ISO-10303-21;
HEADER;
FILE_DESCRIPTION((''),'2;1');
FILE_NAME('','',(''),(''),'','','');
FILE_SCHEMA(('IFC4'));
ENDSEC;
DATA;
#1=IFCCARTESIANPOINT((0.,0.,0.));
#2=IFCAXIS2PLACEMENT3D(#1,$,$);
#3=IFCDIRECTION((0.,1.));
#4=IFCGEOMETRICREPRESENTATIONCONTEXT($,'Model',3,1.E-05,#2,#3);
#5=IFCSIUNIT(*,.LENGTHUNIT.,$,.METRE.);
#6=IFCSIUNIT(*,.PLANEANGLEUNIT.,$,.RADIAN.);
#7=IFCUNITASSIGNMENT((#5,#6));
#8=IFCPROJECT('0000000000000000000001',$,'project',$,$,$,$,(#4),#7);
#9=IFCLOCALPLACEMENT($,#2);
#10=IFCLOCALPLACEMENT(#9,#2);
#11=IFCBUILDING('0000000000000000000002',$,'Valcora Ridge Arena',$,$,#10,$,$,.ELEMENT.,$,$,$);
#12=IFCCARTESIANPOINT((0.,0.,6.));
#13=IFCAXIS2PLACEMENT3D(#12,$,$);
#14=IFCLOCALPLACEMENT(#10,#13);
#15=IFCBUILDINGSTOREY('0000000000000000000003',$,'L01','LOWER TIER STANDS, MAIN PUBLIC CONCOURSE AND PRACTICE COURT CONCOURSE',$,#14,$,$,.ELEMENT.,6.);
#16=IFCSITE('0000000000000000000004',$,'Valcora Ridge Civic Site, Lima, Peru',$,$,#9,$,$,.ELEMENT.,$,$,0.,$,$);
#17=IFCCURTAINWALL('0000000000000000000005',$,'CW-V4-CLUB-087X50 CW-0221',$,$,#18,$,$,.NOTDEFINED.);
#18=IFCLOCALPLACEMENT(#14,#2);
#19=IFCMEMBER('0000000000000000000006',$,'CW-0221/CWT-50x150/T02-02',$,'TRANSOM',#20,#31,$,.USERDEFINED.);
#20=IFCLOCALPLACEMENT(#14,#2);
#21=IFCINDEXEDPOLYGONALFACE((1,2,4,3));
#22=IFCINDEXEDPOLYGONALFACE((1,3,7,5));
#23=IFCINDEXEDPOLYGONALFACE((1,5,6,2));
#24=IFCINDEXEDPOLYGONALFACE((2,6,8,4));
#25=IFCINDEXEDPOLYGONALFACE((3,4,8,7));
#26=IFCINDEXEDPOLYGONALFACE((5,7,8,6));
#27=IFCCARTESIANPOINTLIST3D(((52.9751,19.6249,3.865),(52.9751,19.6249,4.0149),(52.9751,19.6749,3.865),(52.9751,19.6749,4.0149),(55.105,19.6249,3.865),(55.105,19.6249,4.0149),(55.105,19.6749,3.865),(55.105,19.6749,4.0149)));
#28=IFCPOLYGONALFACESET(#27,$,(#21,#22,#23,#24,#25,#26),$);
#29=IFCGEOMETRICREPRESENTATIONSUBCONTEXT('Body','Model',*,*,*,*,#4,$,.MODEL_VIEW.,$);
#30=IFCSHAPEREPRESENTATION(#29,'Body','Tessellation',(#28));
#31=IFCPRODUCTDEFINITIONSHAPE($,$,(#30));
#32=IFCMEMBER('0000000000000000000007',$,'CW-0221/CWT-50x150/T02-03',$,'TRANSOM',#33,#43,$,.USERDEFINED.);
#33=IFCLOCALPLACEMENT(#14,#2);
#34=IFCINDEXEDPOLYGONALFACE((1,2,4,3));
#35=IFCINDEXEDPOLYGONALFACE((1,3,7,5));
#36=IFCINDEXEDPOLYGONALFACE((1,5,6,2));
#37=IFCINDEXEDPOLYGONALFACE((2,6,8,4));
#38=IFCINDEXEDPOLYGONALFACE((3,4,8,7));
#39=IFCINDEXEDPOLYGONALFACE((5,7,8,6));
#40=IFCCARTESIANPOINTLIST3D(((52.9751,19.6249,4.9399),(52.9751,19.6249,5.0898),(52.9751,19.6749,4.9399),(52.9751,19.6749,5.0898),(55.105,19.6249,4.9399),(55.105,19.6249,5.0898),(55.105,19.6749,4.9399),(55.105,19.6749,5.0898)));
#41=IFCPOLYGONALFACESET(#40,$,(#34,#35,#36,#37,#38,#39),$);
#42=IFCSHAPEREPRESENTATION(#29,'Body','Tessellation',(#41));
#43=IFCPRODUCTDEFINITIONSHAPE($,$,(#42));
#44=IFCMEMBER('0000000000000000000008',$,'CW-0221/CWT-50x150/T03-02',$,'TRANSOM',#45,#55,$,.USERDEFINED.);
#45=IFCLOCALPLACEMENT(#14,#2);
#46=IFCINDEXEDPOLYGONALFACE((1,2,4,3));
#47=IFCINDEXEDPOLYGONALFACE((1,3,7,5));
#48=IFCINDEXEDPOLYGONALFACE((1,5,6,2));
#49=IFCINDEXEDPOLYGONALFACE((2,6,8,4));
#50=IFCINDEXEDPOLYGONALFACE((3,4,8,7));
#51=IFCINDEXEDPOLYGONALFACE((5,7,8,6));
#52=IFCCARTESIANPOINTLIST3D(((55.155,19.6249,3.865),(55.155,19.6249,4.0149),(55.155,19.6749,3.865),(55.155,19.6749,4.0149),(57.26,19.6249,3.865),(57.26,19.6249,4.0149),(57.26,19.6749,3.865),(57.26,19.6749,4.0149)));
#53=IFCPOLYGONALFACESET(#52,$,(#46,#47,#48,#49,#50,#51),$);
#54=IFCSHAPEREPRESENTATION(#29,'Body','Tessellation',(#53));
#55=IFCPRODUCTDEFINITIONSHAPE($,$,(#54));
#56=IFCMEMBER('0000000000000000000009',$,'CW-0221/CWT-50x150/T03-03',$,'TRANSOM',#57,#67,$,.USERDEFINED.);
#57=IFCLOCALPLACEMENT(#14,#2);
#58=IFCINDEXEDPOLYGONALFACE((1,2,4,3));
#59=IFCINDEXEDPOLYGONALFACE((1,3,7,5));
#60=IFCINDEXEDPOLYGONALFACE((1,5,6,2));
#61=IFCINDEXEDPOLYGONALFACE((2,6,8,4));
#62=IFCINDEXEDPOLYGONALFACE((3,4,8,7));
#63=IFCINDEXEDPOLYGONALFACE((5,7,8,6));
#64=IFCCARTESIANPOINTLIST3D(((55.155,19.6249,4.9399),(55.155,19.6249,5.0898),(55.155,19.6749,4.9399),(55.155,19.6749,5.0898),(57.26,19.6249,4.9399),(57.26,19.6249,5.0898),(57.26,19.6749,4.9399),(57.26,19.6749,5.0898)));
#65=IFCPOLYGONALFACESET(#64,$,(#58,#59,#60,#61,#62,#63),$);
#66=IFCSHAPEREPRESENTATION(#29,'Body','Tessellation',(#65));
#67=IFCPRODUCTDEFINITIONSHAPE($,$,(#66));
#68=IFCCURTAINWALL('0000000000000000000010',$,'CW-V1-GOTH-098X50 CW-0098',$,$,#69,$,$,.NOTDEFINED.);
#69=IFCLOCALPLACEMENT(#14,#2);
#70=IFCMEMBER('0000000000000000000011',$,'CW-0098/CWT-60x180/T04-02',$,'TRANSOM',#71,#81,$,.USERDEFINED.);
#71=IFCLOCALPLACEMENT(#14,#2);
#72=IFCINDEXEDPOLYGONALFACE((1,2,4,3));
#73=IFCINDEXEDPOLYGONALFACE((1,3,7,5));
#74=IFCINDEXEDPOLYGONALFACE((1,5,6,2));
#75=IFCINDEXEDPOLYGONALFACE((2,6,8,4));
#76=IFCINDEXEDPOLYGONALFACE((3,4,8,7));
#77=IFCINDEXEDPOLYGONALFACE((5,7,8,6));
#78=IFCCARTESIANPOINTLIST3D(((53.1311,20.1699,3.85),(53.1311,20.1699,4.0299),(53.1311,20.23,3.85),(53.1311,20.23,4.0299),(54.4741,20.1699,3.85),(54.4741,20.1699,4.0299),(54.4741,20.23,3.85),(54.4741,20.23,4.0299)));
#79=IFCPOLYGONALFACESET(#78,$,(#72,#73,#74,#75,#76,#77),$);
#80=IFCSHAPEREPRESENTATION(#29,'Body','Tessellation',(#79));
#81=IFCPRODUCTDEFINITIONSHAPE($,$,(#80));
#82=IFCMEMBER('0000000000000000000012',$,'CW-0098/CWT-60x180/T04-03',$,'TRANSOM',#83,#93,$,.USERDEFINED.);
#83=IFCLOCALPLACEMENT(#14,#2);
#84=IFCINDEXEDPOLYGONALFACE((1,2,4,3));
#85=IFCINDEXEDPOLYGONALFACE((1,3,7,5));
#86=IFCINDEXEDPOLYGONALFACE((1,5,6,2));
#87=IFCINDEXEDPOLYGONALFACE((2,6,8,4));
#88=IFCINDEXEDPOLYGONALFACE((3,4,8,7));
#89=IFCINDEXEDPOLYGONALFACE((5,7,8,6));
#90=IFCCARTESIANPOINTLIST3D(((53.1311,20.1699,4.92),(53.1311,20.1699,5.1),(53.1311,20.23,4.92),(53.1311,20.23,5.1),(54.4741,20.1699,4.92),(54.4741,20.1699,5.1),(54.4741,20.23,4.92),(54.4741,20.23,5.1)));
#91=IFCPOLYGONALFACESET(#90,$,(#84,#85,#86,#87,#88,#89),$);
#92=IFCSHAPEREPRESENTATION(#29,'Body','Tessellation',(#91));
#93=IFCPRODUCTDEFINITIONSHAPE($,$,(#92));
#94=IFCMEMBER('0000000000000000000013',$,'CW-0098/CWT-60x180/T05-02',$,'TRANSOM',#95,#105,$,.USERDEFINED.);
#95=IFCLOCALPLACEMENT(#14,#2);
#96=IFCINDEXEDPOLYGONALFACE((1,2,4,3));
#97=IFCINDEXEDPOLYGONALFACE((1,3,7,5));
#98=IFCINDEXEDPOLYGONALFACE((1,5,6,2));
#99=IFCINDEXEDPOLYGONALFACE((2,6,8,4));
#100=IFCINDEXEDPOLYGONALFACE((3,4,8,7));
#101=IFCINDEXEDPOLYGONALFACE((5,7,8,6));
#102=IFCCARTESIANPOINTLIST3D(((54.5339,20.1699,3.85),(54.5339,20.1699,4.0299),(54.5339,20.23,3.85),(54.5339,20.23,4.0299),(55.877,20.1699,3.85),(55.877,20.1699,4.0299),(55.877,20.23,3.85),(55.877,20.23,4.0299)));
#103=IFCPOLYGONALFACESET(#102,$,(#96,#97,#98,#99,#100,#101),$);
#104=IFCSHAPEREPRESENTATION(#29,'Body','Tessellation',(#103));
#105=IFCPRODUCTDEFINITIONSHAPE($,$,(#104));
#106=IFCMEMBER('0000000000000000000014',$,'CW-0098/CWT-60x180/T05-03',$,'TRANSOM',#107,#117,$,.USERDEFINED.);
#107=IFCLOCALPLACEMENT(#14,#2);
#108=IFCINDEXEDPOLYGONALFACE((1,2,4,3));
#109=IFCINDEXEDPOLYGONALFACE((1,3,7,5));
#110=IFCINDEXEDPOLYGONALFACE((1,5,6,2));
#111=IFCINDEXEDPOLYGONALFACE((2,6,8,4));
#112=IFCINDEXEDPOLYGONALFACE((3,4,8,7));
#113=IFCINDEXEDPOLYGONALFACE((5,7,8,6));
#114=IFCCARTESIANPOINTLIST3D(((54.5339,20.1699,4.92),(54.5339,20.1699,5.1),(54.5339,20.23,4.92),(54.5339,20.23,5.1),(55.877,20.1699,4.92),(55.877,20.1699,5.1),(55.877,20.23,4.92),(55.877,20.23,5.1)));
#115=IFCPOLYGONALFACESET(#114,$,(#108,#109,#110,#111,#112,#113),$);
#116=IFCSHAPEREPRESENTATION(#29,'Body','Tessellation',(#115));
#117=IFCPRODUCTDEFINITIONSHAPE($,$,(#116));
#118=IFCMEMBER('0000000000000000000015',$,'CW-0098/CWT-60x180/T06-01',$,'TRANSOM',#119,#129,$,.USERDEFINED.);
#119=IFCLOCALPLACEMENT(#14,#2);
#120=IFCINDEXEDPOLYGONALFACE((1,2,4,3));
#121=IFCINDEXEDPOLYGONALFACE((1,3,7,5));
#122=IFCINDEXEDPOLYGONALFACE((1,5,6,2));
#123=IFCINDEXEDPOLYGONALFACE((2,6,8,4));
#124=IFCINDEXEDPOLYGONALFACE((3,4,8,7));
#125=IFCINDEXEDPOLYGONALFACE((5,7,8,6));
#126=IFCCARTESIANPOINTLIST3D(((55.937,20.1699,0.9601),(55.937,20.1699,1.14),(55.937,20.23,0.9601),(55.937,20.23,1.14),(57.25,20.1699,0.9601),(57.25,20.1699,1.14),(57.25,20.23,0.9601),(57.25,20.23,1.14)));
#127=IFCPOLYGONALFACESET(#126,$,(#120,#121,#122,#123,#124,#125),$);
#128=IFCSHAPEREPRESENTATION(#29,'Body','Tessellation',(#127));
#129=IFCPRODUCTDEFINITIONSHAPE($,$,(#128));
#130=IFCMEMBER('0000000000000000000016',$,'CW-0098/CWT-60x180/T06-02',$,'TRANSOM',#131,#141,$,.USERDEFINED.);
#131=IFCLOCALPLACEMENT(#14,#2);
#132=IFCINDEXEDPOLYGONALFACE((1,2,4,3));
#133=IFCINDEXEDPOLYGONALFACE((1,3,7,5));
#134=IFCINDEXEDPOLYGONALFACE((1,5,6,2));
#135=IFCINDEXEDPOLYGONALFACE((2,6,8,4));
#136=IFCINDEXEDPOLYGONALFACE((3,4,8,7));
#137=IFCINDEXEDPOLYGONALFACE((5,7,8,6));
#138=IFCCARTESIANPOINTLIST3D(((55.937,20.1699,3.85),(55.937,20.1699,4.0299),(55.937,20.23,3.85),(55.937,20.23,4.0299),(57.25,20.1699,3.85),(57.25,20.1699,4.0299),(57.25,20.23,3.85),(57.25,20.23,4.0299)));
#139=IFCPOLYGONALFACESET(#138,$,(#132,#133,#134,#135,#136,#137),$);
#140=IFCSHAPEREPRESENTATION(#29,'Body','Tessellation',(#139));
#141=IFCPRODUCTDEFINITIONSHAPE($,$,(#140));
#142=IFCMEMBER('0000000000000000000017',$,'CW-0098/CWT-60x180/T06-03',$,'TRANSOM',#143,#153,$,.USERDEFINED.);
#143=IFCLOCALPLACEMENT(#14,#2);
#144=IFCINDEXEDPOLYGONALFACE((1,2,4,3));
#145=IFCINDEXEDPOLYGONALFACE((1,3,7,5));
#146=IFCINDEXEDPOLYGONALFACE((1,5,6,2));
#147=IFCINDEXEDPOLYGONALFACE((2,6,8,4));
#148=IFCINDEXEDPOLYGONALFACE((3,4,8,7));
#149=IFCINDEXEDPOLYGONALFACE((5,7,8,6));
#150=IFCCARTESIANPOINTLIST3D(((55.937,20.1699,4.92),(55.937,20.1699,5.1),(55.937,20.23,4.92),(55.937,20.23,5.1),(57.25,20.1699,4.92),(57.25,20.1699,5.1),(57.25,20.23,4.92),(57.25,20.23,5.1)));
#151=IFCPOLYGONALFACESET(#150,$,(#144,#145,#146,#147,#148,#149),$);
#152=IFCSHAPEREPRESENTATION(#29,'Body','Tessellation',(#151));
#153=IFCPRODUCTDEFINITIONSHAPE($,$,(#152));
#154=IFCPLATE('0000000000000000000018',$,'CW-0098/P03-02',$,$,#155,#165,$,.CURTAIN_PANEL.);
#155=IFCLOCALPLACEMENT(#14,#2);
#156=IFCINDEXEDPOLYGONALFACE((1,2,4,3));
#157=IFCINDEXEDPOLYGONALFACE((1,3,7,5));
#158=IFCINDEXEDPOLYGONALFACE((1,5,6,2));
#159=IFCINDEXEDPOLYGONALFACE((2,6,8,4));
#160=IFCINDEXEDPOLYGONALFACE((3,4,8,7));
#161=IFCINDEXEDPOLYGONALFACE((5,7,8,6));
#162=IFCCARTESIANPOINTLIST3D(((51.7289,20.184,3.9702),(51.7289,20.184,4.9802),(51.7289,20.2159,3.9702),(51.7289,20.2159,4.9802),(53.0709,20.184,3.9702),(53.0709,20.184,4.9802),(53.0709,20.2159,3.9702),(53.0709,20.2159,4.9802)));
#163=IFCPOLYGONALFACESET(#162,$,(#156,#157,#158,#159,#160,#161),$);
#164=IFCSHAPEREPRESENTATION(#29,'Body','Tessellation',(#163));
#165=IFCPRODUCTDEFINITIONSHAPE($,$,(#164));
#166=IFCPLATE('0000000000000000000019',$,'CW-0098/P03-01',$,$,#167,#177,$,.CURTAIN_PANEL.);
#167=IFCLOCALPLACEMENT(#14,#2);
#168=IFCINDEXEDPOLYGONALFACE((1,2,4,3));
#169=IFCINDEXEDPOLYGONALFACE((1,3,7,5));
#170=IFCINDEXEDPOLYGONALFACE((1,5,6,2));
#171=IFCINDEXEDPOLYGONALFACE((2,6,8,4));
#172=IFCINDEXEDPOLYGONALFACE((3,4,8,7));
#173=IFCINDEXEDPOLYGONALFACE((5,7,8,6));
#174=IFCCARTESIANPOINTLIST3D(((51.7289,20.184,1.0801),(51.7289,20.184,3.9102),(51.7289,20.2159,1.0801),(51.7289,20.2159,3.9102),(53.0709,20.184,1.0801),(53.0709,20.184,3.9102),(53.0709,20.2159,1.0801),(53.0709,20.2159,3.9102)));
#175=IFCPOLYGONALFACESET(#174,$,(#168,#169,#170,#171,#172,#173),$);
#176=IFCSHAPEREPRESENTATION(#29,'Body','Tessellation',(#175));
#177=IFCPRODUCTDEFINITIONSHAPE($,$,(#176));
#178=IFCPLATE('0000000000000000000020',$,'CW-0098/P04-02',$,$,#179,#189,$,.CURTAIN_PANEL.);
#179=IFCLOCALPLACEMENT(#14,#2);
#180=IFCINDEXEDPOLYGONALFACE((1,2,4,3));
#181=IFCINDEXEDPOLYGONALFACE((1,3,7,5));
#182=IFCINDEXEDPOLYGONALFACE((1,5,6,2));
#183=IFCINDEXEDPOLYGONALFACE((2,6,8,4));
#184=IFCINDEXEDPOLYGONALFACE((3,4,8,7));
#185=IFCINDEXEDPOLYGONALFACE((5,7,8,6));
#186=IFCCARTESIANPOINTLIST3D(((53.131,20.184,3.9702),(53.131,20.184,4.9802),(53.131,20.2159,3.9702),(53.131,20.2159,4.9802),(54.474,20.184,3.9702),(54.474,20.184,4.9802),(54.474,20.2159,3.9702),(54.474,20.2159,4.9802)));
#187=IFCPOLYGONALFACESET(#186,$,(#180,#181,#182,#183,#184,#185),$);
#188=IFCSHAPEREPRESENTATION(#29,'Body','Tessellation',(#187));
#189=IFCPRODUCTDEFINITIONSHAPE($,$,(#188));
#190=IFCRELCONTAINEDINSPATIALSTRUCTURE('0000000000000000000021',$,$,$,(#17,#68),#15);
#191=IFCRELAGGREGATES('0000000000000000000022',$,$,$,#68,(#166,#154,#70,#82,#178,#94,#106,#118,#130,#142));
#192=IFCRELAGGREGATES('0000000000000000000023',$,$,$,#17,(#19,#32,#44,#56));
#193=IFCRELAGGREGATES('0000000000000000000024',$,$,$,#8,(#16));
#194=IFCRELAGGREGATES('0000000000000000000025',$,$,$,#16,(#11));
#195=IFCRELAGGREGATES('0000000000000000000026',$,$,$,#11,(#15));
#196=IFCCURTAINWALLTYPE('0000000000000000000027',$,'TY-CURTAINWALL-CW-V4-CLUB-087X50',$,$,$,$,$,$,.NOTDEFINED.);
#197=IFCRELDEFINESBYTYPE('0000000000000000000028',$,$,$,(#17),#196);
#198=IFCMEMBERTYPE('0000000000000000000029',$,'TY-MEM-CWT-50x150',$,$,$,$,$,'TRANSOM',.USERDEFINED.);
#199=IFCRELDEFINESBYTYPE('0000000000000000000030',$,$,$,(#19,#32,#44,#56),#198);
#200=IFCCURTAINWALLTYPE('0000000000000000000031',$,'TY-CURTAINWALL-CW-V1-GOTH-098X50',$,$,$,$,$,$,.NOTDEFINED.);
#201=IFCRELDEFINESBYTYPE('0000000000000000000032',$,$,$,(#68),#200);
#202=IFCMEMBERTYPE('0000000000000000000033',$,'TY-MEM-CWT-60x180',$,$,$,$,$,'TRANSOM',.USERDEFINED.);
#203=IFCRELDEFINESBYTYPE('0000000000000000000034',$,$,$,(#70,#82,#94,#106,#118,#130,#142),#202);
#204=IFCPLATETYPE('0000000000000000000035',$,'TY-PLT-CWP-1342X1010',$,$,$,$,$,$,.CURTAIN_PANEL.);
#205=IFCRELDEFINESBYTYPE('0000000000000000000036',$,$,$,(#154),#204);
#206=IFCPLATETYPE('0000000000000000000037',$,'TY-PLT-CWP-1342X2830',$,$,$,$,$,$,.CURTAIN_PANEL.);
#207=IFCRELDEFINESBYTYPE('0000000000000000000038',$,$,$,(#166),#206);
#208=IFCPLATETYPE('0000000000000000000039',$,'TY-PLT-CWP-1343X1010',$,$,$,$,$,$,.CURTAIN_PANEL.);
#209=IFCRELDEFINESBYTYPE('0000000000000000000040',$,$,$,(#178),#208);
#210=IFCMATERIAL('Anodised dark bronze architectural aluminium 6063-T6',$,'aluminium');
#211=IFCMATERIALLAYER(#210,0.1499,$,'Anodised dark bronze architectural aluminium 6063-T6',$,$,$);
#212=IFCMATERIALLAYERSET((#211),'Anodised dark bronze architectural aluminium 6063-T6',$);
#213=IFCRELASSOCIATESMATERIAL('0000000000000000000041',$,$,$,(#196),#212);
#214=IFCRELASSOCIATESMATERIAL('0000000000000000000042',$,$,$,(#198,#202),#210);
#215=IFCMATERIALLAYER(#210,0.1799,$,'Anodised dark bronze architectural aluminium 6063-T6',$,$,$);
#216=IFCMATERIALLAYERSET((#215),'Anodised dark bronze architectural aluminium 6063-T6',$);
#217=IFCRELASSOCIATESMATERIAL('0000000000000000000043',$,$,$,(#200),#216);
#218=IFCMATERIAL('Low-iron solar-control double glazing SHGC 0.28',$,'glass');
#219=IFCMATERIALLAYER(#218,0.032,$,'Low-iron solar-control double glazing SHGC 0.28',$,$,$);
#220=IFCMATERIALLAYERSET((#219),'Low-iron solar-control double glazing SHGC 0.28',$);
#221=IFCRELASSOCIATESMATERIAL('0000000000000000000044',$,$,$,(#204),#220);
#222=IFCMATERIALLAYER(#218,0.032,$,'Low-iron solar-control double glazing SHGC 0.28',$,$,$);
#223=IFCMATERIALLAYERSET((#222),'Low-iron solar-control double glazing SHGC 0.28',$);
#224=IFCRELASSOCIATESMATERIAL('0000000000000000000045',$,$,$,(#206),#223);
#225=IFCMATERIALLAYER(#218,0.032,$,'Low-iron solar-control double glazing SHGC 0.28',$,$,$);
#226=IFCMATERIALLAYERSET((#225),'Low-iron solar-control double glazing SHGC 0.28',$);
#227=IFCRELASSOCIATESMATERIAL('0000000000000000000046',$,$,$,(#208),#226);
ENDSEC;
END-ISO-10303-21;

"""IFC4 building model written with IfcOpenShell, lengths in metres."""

from ifc_helpers import new_model, si_unit, direction, frame, origin, origin_2d, place, context, subcontext, project, spatial, rectangle, extrude, material, layer, layer_set, material_profile, profile_set, type_object, element, aggregate, save


model = new_model("IFC4")

# Units and contexts
model_context = context("Model", 3, precision=1e-05, world=origin(), true_north=direction((0.0, 1.0)))
body_context = subcontext(model_context, "Body", "Model", "MODEL_VIEW")
ifc_project = project(units=[si_unit("LENGTHUNIT", "METRE"), si_unit("PLANEANGLEUNIT", "RADIAN")], contexts=[model_context])

# Site, building, storey
site_placement = place(None, origin())
site = spatial("IfcSite", under=ifc_project, at=site_placement, Name="Valcora Ridge Civic Site, Lima, Peru", CompositionType="ELEMENT", RefElevation=0.0)
building_placement = place(site_placement, origin())
building = spatial("IfcBuilding", under=site, at=building_placement, Name="Valcora Ridge Arena", CompositionType="ELEMENT")
storey_placement = place(building_placement, frame((0.0, 0.0, 6.0)))
storey = spatial("IfcBuildingStorey", under=building, at=storey_placement, Name="L01", Description="LOWER TIER STANDS, MAIN PUBLIC CONCOURSE AND PRACTICE COURT CONCOURSE", CompositionType="ELEMENT", Elevation=6.0)

# Curtain wall, members
ifc_material_1 = material(Name="Anodised dark bronze architectural aluminium 6063-T6", Category="aluminium")
ifc_layer_1 = layer(ifc_material_1, 0.1499, Name="Anodised dark bronze architectural aluminium 6063-T6")
ifc_layer_set_1 = layer_set([ifc_layer_1], Name="Anodised dark bronze architectural aluminium 6063-T6")
curtain_wall_type_1 = type_object("IfcCurtainWallType", Name="TY-CURTAINWALL-CW-V4-CLUB-087X50", PredefinedType="NOTDEFINED", material=ifc_layer_set_1)
curtain_wall_1_placement = place(storey_placement, origin())
curtain_wall_1 = element("IfcCurtainWall", 1, at=curtain_wall_1_placement, inside=storey, type_object=curtain_wall_type_1, Name="CW-V4-CLUB-087X50 CW-0221", PredefinedType="NOTDEFINED")
ifc_material_profile_1 = material_profile(ifc_material_1, rectangle(XDim=0.05, YDim=0.1499, at=origin_2d()), Name="ALU TRANSOM 50x150")
ifc_profile_set_1 = profile_set([ifc_material_profile_1], Name="Anodised dark bronze architectural aluminium 6063-T6")
member_type_1 = type_object("IfcMemberType", Name="TY-MEM-CWT-50x150", ElementType="TRANSOM", PredefinedType="USERDEFINED", material=ifc_profile_set_1)
member_1_placement = place(storey_placement, frame((52.9751, 19.6499, 3.9399), z_axis=(1.0, 0.0, 0.0), x_axis=(0.0, 1.0, 0.0)))
member_1 = element("IfcMember", 2, at=member_1_placement, type_object=member_type_1, Name="CW-0221/CWT-50x150/T02-02", ObjectType="TRANSOM", PredefinedType="USERDEFINED", context=body_context, shape_type="SweptSolid", body=[
    extrude(rectangle(XDim=0.05, YDim=0.1499, at=origin_2d()), origin(), (0.0, 0.0, 1.0), 2.1299),
])
member_2_placement = place(storey_placement, frame((52.9751, 19.6499, 5.0149), z_axis=(1.0, 0.0, 0.0), x_axis=(0.0, 1.0, 0.0)))
member_2 = element("IfcMember", 3, at=member_2_placement, type_object=member_type_1, Name="CW-0221/CWT-50x150/T02-03", ObjectType="TRANSOM", PredefinedType="USERDEFINED", context=body_context, shape_type="SweptSolid", body=[
    extrude(rectangle(XDim=0.05, YDim=0.1499, at=origin_2d()), origin(), (0.0, 0.0, 1.0), 2.1299),
])
member_3_placement = place(storey_placement, frame((55.155, 19.6499, 3.9399), z_axis=(1.0, 0.0, 0.0), x_axis=(0.0, 1.0, 0.0)))
member_3 = element("IfcMember", 4, at=member_3_placement, type_object=member_type_1, Name="CW-0221/CWT-50x150/T03-02", ObjectType="TRANSOM", PredefinedType="USERDEFINED", context=body_context, shape_type="SweptSolid", body=[
    extrude(rectangle(XDim=0.05, YDim=0.1499, at=origin_2d()), origin(), (0.0, 0.0, 1.0), 2.105),
])
member_4_placement = place(storey_placement, frame((55.155, 19.6499, 5.0149), z_axis=(1.0, 0.0, 0.0), x_axis=(0.0, 1.0, 0.0)))
member_4 = element("IfcMember", 5, at=member_4_placement, type_object=member_type_1, Name="CW-0221/CWT-50x150/T03-03", ObjectType="TRANSOM", PredefinedType="USERDEFINED", context=body_context, shape_type="SweptSolid", body=[
    extrude(rectangle(XDim=0.05, YDim=0.1499, at=origin_2d()), origin(), (0.0, 0.0, 1.0), 2.105),
])

# Curtain wall, members, plates
ifc_layer_2 = layer(ifc_material_1, 0.1799, Name="Anodised dark bronze architectural aluminium 6063-T6")
ifc_layer_set_2 = layer_set([ifc_layer_2], Name="Anodised dark bronze architectural aluminium 6063-T6")
curtain_wall_type_2 = type_object("IfcCurtainWallType", Name="TY-CURTAINWALL-CW-V1-GOTH-098X50", PredefinedType="NOTDEFINED", material=ifc_layer_set_2)
curtain_wall_2_placement = place(storey_placement, origin())
curtain_wall_2 = element("IfcCurtainWall", 6, at=curtain_wall_2_placement, inside=storey, type_object=curtain_wall_type_2, Name="CW-V1-GOTH-098X50 CW-0098", PredefinedType="NOTDEFINED")
ifc_material_profile_2 = material_profile(ifc_material_1, rectangle(XDim=0.0601, YDim=0.1799, at=origin_2d()), Name="ALU TRANSOM 60x180")
ifc_profile_set_2 = profile_set([ifc_material_profile_2], Name="Anodised dark bronze architectural aluminium 6063-T6")
member_type_2 = type_object("IfcMemberType", Name="TY-MEM-CWT-60x180", ElementType="TRANSOM", PredefinedType="USERDEFINED", material=ifc_profile_set_2)
member_5_placement = place(storey_placement, frame((53.1311, 20.2, 3.9399), z_axis=(1.0, 0.0, 0.0), x_axis=(0.0, 1.0, 0.0)))
member_5 = element("IfcMember", 7, at=member_5_placement, type_object=member_type_2, Name="CW-0098/CWT-60x180/T04-02", ObjectType="TRANSOM", PredefinedType="USERDEFINED", context=body_context, shape_type="SweptSolid", body=[
    extrude(rectangle(XDim=0.0601, YDim=0.1799, at=origin_2d()), origin(), (0.0, 0.0, 1.0), 1.343),
])
member_6_placement = place(storey_placement, frame((53.1311, 20.2, 5.01), z_axis=(1.0, 0.0, 0.0), x_axis=(0.0, 1.0, 0.0)))
member_6 = element("IfcMember", 8, at=member_6_placement, type_object=member_type_2, Name="CW-0098/CWT-60x180/T04-03", ObjectType="TRANSOM", PredefinedType="USERDEFINED", context=body_context, shape_type="SweptSolid", body=[
    extrude(rectangle(XDim=0.0601, YDim=0.1799, at=origin_2d()), origin(), (0.0, 0.0, 1.0), 1.343),
])
member_7_placement = place(storey_placement, frame((54.5339, 20.2, 3.9399), z_axis=(1.0, 0.0, 0.0), x_axis=(0.0, 1.0, 0.0)))
member_7 = element("IfcMember", 9, at=member_7_placement, type_object=member_type_2, Name="CW-0098/CWT-60x180/T05-02", ObjectType="TRANSOM", PredefinedType="USERDEFINED", context=body_context, shape_type="SweptSolid", body=[
    extrude(rectangle(XDim=0.0601, YDim=0.1799, at=origin_2d()), origin(), (0.0, 0.0, 1.0), 1.343),
])
member_8_placement = place(storey_placement, frame((54.5339, 20.2, 5.01), z_axis=(1.0, 0.0, 0.0), x_axis=(0.0, 1.0, 0.0)))
member_8 = element("IfcMember", 10, at=member_8_placement, type_object=member_type_2, Name="CW-0098/CWT-60x180/T05-03", ObjectType="TRANSOM", PredefinedType="USERDEFINED", context=body_context, shape_type="SweptSolid", body=[
    extrude(rectangle(XDim=0.0601, YDim=0.1799, at=origin_2d()), origin(), (0.0, 0.0, 1.0), 1.343),
])
member_9_placement = place(storey_placement, frame((55.937, 20.2, 1.05), z_axis=(1.0, 0.0, 0.0), x_axis=(0.0, 1.0, 0.0)))
member_9 = element("IfcMember", 11, at=member_9_placement, type_object=member_type_2, Name="CW-0098/CWT-60x180/T06-01", ObjectType="TRANSOM", PredefinedType="USERDEFINED", context=body_context, shape_type="SweptSolid", body=[
    extrude(rectangle(XDim=0.0601, YDim=0.1799, at=origin_2d()), origin(), (0.0, 0.0, 1.0), 1.313),
])
member_10_placement = place(storey_placement, frame((55.937, 20.2, 3.9399), z_axis=(1.0, 0.0, 0.0), x_axis=(0.0, 1.0, 0.0)))
member_10 = element("IfcMember", 12, at=member_10_placement, type_object=member_type_2, Name="CW-0098/CWT-60x180/T06-02", ObjectType="TRANSOM", PredefinedType="USERDEFINED", context=body_context, shape_type="SweptSolid", body=[
    extrude(rectangle(XDim=0.0601, YDim=0.1799, at=origin_2d()), origin(), (0.0, 0.0, 1.0), 1.313),
])
member_11_placement = place(storey_placement, frame((55.937, 20.2, 5.01), z_axis=(1.0, 0.0, 0.0), x_axis=(0.0, 1.0, 0.0)))
member_11 = element("IfcMember", 13, at=member_11_placement, type_object=member_type_2, Name="CW-0098/CWT-60x180/T06-03", ObjectType="TRANSOM", PredefinedType="USERDEFINED", context=body_context, shape_type="SweptSolid", body=[
    extrude(rectangle(XDim=0.0601, YDim=0.1799, at=origin_2d()), origin(), (0.0, 0.0, 1.0), 1.313),
])
ifc_material_2 = material(Name="Low-iron solar-control double glazing SHGC 0.28", Category="glass")
ifc_layer_3 = layer(ifc_material_2, 0.032, Name="Low-iron solar-control double glazing SHGC 0.28")
ifc_layer_set_3 = layer_set([ifc_layer_3], Name="Low-iron solar-control double glazing SHGC 0.28")
plate_type_1 = type_object("IfcPlateType", Name="TY-PLT-CWP-1342X1010", PredefinedType="CURTAIN_PANEL", material=ifc_layer_set_3)
plate_1_placement = place(storey_placement, frame((52.3999, 20.2, 3.9702), z_axis=(0.0, 0.0, 1.0), x_axis=(1.0, 0.0, 0.0)))
plate_1 = element("IfcPlate", 14, at=plate_1_placement, type_object=plate_type_1, Name="CW-0098/P03-02", PredefinedType="CURTAIN_PANEL", context=body_context, shape_type="SweptSolid", body=[
    extrude(rectangle(XDim=1.342, YDim=0.032, at=origin_2d()), origin(), (0.0, 0.0, 1.0), 1.01),
])
ifc_layer_4 = layer(ifc_material_2, 0.032, Name="Low-iron solar-control double glazing SHGC 0.28")
ifc_layer_set_4 = layer_set([ifc_layer_4], Name="Low-iron solar-control double glazing SHGC 0.28")
plate_type_2 = type_object("IfcPlateType", Name="TY-PLT-CWP-1342X2830", PredefinedType="CURTAIN_PANEL", material=ifc_layer_set_4)
plate_2_placement = place(storey_placement, frame((52.3999, 20.2, 1.0801), z_axis=(0.0, 0.0, 1.0), x_axis=(1.0, 0.0, 0.0)))
plate_2 = element("IfcPlate", 15, at=plate_2_placement, type_object=plate_type_2, Name="CW-0098/P03-01", PredefinedType="CURTAIN_PANEL", context=body_context, shape_type="SweptSolid", body=[
    extrude(rectangle(XDim=1.342, YDim=0.032, at=origin_2d()), origin(), (0.0, 0.0, 1.0), 2.8301),
])
ifc_layer_5 = layer(ifc_material_2, 0.032, Name="Low-iron solar-control double glazing SHGC 0.28")
ifc_layer_set_5 = layer_set([ifc_layer_5], Name="Low-iron solar-control double glazing SHGC 0.28")
plate_type_3 = type_object("IfcPlateType", Name="TY-PLT-CWP-1343X1010", PredefinedType="CURTAIN_PANEL", material=ifc_layer_set_5)
plate_3_placement = place(storey_placement, frame((53.8025, 20.2, 3.9702), z_axis=(0.0, 0.0, 1.0), x_axis=(1.0, 0.0, 0.0)))
plate_3 = element("IfcPlate", 16, at=plate_3_placement, type_object=plate_type_3, Name="CW-0098/P04-02", PredefinedType="CURTAIN_PANEL", context=body_context, shape_type="SweptSolid", body=[
    extrude(rectangle(XDim=1.343, YDim=0.032, at=origin_2d()), origin(), (0.0, 0.0, 1.0), 1.01),
])
aggregate(curtain_wall_2, [plate_2, plate_1, member_5, member_6, plate_3, member_7, member_8, member_9, member_10, member_11])

aggregate(curtain_wall_1, [member_1, member_2, member_3, member_4])

save(model, "model.ifc")
